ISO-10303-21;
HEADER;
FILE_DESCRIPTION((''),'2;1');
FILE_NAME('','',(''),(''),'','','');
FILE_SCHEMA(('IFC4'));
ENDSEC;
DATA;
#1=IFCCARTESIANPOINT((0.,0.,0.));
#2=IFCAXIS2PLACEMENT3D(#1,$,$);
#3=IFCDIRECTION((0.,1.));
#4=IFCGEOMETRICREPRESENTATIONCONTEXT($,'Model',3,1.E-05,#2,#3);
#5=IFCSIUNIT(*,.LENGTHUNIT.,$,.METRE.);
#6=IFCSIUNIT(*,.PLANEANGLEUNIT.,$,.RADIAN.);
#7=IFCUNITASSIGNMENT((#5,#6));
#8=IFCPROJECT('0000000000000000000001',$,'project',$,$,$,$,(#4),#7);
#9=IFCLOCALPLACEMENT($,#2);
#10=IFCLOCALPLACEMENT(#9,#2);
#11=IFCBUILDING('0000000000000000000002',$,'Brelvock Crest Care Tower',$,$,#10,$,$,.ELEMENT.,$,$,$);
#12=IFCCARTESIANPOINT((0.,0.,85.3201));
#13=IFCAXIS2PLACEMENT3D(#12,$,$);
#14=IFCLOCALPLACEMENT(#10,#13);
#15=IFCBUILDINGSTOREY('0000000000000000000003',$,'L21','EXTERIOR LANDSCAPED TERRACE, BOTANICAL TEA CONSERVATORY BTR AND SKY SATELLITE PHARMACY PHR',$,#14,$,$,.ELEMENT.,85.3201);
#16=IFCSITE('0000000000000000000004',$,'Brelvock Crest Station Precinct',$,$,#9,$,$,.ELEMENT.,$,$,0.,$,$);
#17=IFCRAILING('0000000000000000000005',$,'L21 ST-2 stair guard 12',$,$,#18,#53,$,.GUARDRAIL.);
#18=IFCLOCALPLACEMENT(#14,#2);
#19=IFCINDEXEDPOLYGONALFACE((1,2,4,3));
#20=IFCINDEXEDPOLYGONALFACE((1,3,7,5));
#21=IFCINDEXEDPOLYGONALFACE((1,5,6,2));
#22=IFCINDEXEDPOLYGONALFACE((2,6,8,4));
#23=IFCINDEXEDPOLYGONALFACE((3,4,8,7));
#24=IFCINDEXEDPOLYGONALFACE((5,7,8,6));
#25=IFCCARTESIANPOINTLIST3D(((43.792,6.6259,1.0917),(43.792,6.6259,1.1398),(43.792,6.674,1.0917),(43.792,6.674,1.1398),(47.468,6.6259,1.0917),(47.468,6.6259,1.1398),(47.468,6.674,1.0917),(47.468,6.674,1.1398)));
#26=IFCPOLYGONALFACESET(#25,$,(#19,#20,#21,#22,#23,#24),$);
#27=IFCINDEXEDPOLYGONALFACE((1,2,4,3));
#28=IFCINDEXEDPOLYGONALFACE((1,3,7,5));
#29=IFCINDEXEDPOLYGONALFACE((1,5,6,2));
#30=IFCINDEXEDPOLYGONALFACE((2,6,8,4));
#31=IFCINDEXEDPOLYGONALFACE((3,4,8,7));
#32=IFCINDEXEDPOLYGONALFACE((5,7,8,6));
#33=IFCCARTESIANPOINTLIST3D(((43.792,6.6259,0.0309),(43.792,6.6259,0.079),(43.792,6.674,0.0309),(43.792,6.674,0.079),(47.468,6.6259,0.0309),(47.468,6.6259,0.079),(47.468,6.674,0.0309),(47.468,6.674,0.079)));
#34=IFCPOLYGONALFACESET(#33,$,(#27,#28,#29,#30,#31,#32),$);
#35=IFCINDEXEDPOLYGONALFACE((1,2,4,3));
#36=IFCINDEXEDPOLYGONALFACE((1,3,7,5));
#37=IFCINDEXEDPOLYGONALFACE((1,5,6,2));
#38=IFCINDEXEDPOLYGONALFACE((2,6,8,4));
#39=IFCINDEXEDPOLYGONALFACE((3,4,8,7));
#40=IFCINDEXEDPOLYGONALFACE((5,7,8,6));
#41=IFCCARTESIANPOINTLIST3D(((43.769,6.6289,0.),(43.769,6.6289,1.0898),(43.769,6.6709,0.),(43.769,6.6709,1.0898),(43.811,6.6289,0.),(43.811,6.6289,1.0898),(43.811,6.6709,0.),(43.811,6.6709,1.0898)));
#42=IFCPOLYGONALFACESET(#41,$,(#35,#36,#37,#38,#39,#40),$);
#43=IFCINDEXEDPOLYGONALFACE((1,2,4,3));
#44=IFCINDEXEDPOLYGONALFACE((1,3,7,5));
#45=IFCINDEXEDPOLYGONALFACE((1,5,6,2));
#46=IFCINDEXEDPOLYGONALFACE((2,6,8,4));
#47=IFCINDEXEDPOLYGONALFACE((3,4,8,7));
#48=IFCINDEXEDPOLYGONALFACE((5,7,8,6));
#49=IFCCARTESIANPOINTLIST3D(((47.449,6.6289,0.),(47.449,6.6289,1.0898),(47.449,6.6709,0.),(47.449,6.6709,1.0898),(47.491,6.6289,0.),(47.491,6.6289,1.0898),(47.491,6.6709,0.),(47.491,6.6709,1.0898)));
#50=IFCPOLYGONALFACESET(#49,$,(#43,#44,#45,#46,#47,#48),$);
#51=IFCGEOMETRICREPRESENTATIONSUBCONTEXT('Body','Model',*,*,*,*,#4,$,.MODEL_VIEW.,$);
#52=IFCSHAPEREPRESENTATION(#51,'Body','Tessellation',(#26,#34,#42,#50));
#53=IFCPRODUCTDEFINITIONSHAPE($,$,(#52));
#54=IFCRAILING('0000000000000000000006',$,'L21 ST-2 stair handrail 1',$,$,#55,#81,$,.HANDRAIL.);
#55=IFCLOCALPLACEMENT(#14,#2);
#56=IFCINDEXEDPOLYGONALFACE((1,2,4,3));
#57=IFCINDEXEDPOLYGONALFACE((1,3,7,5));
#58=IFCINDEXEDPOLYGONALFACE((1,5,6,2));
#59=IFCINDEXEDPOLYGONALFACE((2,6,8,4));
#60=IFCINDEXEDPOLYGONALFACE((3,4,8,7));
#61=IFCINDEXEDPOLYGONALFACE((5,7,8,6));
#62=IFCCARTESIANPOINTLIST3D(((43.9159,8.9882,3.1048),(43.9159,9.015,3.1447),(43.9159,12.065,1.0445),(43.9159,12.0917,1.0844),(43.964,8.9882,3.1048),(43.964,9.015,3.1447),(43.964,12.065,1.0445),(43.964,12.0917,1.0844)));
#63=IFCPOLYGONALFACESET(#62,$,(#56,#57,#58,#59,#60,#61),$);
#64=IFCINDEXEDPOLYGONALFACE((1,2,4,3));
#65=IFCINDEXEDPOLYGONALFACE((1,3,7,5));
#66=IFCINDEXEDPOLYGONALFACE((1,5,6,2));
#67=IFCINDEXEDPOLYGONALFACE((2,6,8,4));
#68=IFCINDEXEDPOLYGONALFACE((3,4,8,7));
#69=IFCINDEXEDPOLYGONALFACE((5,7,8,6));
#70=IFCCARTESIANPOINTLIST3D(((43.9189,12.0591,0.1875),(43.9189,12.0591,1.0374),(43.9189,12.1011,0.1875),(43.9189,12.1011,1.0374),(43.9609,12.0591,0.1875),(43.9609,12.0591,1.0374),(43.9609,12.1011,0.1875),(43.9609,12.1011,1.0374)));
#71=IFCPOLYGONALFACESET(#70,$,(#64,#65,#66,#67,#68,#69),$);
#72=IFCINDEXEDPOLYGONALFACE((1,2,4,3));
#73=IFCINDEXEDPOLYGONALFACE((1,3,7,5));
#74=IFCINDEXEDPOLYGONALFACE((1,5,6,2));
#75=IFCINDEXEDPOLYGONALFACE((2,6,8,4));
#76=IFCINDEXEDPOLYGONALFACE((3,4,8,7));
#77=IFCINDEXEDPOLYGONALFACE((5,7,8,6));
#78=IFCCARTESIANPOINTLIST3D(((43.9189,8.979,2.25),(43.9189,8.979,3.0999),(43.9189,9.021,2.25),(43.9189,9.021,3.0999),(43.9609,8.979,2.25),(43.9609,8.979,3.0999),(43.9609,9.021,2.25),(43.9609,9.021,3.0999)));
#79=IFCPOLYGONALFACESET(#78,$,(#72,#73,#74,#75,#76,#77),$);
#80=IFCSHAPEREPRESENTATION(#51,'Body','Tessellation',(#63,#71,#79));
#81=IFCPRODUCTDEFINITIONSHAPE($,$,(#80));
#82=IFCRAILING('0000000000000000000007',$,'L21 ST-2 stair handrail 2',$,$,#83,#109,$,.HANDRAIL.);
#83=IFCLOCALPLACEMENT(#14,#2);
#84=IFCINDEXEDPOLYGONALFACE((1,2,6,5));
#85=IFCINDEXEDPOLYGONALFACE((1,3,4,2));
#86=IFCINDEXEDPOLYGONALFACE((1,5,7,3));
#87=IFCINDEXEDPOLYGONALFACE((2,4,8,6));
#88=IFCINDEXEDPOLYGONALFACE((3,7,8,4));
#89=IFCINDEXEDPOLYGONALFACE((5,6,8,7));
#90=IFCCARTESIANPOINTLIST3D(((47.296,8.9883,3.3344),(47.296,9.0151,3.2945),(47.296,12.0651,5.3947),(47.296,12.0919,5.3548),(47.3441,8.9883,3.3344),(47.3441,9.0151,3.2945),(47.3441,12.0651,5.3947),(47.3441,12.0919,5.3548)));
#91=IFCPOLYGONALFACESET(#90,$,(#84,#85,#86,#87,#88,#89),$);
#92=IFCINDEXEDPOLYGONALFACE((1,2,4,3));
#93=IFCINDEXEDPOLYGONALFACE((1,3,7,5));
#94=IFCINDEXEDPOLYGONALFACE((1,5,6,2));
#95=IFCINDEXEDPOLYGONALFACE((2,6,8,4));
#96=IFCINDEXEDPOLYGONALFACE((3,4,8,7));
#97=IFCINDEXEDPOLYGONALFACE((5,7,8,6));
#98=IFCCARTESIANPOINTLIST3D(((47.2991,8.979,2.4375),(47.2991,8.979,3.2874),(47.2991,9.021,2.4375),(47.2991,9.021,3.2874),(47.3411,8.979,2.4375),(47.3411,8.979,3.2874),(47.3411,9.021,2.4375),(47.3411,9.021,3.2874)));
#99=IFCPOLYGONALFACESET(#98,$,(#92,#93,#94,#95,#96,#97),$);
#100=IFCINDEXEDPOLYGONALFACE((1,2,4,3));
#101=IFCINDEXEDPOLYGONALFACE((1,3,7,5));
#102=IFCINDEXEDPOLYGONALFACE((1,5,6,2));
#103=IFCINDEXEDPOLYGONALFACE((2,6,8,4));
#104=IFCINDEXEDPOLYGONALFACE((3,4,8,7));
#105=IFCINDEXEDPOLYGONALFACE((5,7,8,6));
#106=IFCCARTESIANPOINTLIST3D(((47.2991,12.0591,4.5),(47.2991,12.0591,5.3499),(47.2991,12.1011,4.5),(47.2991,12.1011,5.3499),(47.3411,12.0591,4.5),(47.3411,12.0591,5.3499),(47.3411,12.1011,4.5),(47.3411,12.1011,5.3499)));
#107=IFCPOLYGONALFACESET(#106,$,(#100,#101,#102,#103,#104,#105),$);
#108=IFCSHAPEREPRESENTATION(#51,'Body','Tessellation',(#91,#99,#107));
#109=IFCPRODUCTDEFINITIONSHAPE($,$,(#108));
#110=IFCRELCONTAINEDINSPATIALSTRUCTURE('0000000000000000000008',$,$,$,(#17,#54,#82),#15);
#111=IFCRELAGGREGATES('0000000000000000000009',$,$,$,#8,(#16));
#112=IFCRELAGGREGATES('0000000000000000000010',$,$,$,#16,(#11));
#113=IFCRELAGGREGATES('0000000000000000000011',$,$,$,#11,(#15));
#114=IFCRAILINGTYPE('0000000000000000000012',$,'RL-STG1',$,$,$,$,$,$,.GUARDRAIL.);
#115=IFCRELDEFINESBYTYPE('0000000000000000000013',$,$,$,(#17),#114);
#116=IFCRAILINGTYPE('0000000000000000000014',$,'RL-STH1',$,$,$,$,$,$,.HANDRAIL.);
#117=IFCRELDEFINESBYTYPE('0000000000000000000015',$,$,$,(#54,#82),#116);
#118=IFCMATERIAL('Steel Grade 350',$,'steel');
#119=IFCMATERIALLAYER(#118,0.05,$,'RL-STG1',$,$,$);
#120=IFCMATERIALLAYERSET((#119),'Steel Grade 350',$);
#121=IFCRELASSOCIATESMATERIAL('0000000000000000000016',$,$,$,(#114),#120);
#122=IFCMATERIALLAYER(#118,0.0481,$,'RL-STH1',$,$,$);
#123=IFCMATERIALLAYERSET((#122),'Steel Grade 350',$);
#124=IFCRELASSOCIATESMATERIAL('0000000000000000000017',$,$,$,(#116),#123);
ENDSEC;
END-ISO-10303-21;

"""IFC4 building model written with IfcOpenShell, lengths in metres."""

from ifc_helpers import new_model, si_unit, direction, frame, origin, origin_2d, place, context, subcontext, project, spatial, rectangle, extrude, material, layer, layer_set, type_object, element, save


model = new_model("IFC4")

# Units and contexts
model_context = context("Model", 3, precision=1e-05, world=origin(), true_north=direction((0.0, 1.0)))
body_context = subcontext(model_context, "Body", "Model", "MODEL_VIEW")
ifc_project = project(units=[si_unit("LENGTHUNIT", "METRE"), si_unit("PLANEANGLEUNIT", "RADIAN")], contexts=[model_context])

# Site, building, storey
site_placement = place(None, origin())
site = spatial("IfcSite", under=ifc_project, at=site_placement, Name="Brelvock Crest Station Precinct", CompositionType="ELEMENT", RefElevation=0.0)
building_placement = place(site_placement, origin())
building = spatial("IfcBuilding", under=site, at=building_placement, Name="Brelvock Crest Care Tower", CompositionType="ELEMENT")
storey_placement = place(building_placement, frame((0.0, 0.0, 85.3201)))
storey = spatial("IfcBuildingStorey", under=building, at=storey_placement, Name="L21", Description="EXTERIOR LANDSCAPED TERRACE, BOTANICAL TEA CONSERVATORY BTR AND SKY SATELLITE PHARMACY PHR", CompositionType="ELEMENT", Elevation=85.3201)

# Shared definitions
ifc_material_1 = material(Name="Steel Grade 350", Category="steel")

# Railings
ifc_layer_1 = layer(ifc_material_1, 0.05, Name="RL-STG1")
ifc_layer_set_1 = layer_set([ifc_layer_1], Name="Steel Grade 350")
railing_type_1 = type_object("IfcRailingType", Name="RL-STG1", PredefinedType="GUARDRAIL", material=ifc_layer_set_1)
railing_1_placement = place(storey_placement, frame((43.79, 6.6499, 0.0)))
element("IfcRailing", 1, at=railing_1_placement, inside=storey, type_object=railing_type_1, Name="L21 ST-2 stair guard 12", PredefinedType="GUARDRAIL", context=body_context, shape_type="SweptSolid", body=[
    extrude(rectangle(XDim=0.0481, YDim=0.0481, at=origin_2d()), frame((0.002, 0.0, 1.1157), z_axis=(1.0, 0.0, 0.0), x_axis=(0.0, 1.0, 0.0)), (0.0, 0.0, 1.0), 3.676),
    extrude(rectangle(XDim=0.0481, YDim=0.0481, at=origin_2d()), frame((0.002, 0.0, 0.0549), z_axis=(1.0, 0.0, 0.0), x_axis=(0.0, 1.0, 0.0)), (0.0, 0.0, 1.0), 3.676),
    extrude(rectangle(XDim=0.042, YDim=0.042, at=origin_2d()), origin(), (0.0, 0.0, 1.0), 1.0898),
    extrude(rectangle(XDim=0.042, YDim=0.042, at=origin_2d()), frame((3.6799, 0.0, 0.0)), (0.0, 0.0, 1.0), 1.0898),
])
ifc_layer_2 = layer(ifc_material_1, 0.0481, Name="RL-STH1")
ifc_layer_set_2 = layer_set([ifc_layer_2], Name="Steel Grade 350")
railing_type_2 = type_object("IfcRailingType", Name="RL-STH1", PredefinedType="HANDRAIL", material=ifc_layer_set_2)
railing_2_placement = place(storey_placement, frame((43.9399, 12.0801, 0.1875)))
element("IfcRailing", 2, at=railing_2_placement, inside=storey, type_object=railing_type_2, Name="L21 ST-2 stair handrail 1", PredefinedType="HANDRAIL", context=body_context, shape_type="SweptSolid", body=[
    extrude(rectangle(XDim=0.0481, YDim=0.0481, at=origin_2d()), frame((0.0, -0.0017, 0.877), z_axis=(0.0, -0.830914, 0.556401), x_axis=(1.0, 0.0, 0.0)), (0.0, 0.0, 1.0), 3.7029),
    extrude(rectangle(XDim=0.042, YDim=0.042, at=origin_2d()), origin(), (0.0, 0.0, 1.0), 0.8499),
    extrude(rectangle(XDim=0.042, YDim=0.042, at=origin_2d()), frame((0.0, -3.0801, 2.0625)), (0.0, 0.0, 1.0), 0.8499),
])
railing_3_placement = place(storey_placement, frame((47.3201, 9.0, 2.4375)))
element("IfcRailing", 3, at=railing_3_placement, inside=storey, type_object=railing_type_2, Name="L21 ST-2 stair handrail 2", PredefinedType="HANDRAIL", context=body_context, shape_type="SweptSolid", body=[
    extrude(rectangle(XDim=0.0481, YDim=0.0481, at=origin_2d()), frame((0.0, 0.0017, 0.877), z_axis=(0.0, 0.830914, 0.556401), x_axis=(-1.0, 0.0, 0.0)), (0.0, 0.0, 1.0), 3.7029),
    extrude(rectangle(XDim=0.042, YDim=0.042, at=origin_2d()), origin(), (0.0, 0.0, 1.0), 0.8499),
    extrude(rectangle(XDim=0.042, YDim=0.042, at=origin_2d()), frame((0.0, 3.0801, 2.0625)), (0.0, 0.0, 1.0), 0.8499),
])

save(model, "model.ifc")
